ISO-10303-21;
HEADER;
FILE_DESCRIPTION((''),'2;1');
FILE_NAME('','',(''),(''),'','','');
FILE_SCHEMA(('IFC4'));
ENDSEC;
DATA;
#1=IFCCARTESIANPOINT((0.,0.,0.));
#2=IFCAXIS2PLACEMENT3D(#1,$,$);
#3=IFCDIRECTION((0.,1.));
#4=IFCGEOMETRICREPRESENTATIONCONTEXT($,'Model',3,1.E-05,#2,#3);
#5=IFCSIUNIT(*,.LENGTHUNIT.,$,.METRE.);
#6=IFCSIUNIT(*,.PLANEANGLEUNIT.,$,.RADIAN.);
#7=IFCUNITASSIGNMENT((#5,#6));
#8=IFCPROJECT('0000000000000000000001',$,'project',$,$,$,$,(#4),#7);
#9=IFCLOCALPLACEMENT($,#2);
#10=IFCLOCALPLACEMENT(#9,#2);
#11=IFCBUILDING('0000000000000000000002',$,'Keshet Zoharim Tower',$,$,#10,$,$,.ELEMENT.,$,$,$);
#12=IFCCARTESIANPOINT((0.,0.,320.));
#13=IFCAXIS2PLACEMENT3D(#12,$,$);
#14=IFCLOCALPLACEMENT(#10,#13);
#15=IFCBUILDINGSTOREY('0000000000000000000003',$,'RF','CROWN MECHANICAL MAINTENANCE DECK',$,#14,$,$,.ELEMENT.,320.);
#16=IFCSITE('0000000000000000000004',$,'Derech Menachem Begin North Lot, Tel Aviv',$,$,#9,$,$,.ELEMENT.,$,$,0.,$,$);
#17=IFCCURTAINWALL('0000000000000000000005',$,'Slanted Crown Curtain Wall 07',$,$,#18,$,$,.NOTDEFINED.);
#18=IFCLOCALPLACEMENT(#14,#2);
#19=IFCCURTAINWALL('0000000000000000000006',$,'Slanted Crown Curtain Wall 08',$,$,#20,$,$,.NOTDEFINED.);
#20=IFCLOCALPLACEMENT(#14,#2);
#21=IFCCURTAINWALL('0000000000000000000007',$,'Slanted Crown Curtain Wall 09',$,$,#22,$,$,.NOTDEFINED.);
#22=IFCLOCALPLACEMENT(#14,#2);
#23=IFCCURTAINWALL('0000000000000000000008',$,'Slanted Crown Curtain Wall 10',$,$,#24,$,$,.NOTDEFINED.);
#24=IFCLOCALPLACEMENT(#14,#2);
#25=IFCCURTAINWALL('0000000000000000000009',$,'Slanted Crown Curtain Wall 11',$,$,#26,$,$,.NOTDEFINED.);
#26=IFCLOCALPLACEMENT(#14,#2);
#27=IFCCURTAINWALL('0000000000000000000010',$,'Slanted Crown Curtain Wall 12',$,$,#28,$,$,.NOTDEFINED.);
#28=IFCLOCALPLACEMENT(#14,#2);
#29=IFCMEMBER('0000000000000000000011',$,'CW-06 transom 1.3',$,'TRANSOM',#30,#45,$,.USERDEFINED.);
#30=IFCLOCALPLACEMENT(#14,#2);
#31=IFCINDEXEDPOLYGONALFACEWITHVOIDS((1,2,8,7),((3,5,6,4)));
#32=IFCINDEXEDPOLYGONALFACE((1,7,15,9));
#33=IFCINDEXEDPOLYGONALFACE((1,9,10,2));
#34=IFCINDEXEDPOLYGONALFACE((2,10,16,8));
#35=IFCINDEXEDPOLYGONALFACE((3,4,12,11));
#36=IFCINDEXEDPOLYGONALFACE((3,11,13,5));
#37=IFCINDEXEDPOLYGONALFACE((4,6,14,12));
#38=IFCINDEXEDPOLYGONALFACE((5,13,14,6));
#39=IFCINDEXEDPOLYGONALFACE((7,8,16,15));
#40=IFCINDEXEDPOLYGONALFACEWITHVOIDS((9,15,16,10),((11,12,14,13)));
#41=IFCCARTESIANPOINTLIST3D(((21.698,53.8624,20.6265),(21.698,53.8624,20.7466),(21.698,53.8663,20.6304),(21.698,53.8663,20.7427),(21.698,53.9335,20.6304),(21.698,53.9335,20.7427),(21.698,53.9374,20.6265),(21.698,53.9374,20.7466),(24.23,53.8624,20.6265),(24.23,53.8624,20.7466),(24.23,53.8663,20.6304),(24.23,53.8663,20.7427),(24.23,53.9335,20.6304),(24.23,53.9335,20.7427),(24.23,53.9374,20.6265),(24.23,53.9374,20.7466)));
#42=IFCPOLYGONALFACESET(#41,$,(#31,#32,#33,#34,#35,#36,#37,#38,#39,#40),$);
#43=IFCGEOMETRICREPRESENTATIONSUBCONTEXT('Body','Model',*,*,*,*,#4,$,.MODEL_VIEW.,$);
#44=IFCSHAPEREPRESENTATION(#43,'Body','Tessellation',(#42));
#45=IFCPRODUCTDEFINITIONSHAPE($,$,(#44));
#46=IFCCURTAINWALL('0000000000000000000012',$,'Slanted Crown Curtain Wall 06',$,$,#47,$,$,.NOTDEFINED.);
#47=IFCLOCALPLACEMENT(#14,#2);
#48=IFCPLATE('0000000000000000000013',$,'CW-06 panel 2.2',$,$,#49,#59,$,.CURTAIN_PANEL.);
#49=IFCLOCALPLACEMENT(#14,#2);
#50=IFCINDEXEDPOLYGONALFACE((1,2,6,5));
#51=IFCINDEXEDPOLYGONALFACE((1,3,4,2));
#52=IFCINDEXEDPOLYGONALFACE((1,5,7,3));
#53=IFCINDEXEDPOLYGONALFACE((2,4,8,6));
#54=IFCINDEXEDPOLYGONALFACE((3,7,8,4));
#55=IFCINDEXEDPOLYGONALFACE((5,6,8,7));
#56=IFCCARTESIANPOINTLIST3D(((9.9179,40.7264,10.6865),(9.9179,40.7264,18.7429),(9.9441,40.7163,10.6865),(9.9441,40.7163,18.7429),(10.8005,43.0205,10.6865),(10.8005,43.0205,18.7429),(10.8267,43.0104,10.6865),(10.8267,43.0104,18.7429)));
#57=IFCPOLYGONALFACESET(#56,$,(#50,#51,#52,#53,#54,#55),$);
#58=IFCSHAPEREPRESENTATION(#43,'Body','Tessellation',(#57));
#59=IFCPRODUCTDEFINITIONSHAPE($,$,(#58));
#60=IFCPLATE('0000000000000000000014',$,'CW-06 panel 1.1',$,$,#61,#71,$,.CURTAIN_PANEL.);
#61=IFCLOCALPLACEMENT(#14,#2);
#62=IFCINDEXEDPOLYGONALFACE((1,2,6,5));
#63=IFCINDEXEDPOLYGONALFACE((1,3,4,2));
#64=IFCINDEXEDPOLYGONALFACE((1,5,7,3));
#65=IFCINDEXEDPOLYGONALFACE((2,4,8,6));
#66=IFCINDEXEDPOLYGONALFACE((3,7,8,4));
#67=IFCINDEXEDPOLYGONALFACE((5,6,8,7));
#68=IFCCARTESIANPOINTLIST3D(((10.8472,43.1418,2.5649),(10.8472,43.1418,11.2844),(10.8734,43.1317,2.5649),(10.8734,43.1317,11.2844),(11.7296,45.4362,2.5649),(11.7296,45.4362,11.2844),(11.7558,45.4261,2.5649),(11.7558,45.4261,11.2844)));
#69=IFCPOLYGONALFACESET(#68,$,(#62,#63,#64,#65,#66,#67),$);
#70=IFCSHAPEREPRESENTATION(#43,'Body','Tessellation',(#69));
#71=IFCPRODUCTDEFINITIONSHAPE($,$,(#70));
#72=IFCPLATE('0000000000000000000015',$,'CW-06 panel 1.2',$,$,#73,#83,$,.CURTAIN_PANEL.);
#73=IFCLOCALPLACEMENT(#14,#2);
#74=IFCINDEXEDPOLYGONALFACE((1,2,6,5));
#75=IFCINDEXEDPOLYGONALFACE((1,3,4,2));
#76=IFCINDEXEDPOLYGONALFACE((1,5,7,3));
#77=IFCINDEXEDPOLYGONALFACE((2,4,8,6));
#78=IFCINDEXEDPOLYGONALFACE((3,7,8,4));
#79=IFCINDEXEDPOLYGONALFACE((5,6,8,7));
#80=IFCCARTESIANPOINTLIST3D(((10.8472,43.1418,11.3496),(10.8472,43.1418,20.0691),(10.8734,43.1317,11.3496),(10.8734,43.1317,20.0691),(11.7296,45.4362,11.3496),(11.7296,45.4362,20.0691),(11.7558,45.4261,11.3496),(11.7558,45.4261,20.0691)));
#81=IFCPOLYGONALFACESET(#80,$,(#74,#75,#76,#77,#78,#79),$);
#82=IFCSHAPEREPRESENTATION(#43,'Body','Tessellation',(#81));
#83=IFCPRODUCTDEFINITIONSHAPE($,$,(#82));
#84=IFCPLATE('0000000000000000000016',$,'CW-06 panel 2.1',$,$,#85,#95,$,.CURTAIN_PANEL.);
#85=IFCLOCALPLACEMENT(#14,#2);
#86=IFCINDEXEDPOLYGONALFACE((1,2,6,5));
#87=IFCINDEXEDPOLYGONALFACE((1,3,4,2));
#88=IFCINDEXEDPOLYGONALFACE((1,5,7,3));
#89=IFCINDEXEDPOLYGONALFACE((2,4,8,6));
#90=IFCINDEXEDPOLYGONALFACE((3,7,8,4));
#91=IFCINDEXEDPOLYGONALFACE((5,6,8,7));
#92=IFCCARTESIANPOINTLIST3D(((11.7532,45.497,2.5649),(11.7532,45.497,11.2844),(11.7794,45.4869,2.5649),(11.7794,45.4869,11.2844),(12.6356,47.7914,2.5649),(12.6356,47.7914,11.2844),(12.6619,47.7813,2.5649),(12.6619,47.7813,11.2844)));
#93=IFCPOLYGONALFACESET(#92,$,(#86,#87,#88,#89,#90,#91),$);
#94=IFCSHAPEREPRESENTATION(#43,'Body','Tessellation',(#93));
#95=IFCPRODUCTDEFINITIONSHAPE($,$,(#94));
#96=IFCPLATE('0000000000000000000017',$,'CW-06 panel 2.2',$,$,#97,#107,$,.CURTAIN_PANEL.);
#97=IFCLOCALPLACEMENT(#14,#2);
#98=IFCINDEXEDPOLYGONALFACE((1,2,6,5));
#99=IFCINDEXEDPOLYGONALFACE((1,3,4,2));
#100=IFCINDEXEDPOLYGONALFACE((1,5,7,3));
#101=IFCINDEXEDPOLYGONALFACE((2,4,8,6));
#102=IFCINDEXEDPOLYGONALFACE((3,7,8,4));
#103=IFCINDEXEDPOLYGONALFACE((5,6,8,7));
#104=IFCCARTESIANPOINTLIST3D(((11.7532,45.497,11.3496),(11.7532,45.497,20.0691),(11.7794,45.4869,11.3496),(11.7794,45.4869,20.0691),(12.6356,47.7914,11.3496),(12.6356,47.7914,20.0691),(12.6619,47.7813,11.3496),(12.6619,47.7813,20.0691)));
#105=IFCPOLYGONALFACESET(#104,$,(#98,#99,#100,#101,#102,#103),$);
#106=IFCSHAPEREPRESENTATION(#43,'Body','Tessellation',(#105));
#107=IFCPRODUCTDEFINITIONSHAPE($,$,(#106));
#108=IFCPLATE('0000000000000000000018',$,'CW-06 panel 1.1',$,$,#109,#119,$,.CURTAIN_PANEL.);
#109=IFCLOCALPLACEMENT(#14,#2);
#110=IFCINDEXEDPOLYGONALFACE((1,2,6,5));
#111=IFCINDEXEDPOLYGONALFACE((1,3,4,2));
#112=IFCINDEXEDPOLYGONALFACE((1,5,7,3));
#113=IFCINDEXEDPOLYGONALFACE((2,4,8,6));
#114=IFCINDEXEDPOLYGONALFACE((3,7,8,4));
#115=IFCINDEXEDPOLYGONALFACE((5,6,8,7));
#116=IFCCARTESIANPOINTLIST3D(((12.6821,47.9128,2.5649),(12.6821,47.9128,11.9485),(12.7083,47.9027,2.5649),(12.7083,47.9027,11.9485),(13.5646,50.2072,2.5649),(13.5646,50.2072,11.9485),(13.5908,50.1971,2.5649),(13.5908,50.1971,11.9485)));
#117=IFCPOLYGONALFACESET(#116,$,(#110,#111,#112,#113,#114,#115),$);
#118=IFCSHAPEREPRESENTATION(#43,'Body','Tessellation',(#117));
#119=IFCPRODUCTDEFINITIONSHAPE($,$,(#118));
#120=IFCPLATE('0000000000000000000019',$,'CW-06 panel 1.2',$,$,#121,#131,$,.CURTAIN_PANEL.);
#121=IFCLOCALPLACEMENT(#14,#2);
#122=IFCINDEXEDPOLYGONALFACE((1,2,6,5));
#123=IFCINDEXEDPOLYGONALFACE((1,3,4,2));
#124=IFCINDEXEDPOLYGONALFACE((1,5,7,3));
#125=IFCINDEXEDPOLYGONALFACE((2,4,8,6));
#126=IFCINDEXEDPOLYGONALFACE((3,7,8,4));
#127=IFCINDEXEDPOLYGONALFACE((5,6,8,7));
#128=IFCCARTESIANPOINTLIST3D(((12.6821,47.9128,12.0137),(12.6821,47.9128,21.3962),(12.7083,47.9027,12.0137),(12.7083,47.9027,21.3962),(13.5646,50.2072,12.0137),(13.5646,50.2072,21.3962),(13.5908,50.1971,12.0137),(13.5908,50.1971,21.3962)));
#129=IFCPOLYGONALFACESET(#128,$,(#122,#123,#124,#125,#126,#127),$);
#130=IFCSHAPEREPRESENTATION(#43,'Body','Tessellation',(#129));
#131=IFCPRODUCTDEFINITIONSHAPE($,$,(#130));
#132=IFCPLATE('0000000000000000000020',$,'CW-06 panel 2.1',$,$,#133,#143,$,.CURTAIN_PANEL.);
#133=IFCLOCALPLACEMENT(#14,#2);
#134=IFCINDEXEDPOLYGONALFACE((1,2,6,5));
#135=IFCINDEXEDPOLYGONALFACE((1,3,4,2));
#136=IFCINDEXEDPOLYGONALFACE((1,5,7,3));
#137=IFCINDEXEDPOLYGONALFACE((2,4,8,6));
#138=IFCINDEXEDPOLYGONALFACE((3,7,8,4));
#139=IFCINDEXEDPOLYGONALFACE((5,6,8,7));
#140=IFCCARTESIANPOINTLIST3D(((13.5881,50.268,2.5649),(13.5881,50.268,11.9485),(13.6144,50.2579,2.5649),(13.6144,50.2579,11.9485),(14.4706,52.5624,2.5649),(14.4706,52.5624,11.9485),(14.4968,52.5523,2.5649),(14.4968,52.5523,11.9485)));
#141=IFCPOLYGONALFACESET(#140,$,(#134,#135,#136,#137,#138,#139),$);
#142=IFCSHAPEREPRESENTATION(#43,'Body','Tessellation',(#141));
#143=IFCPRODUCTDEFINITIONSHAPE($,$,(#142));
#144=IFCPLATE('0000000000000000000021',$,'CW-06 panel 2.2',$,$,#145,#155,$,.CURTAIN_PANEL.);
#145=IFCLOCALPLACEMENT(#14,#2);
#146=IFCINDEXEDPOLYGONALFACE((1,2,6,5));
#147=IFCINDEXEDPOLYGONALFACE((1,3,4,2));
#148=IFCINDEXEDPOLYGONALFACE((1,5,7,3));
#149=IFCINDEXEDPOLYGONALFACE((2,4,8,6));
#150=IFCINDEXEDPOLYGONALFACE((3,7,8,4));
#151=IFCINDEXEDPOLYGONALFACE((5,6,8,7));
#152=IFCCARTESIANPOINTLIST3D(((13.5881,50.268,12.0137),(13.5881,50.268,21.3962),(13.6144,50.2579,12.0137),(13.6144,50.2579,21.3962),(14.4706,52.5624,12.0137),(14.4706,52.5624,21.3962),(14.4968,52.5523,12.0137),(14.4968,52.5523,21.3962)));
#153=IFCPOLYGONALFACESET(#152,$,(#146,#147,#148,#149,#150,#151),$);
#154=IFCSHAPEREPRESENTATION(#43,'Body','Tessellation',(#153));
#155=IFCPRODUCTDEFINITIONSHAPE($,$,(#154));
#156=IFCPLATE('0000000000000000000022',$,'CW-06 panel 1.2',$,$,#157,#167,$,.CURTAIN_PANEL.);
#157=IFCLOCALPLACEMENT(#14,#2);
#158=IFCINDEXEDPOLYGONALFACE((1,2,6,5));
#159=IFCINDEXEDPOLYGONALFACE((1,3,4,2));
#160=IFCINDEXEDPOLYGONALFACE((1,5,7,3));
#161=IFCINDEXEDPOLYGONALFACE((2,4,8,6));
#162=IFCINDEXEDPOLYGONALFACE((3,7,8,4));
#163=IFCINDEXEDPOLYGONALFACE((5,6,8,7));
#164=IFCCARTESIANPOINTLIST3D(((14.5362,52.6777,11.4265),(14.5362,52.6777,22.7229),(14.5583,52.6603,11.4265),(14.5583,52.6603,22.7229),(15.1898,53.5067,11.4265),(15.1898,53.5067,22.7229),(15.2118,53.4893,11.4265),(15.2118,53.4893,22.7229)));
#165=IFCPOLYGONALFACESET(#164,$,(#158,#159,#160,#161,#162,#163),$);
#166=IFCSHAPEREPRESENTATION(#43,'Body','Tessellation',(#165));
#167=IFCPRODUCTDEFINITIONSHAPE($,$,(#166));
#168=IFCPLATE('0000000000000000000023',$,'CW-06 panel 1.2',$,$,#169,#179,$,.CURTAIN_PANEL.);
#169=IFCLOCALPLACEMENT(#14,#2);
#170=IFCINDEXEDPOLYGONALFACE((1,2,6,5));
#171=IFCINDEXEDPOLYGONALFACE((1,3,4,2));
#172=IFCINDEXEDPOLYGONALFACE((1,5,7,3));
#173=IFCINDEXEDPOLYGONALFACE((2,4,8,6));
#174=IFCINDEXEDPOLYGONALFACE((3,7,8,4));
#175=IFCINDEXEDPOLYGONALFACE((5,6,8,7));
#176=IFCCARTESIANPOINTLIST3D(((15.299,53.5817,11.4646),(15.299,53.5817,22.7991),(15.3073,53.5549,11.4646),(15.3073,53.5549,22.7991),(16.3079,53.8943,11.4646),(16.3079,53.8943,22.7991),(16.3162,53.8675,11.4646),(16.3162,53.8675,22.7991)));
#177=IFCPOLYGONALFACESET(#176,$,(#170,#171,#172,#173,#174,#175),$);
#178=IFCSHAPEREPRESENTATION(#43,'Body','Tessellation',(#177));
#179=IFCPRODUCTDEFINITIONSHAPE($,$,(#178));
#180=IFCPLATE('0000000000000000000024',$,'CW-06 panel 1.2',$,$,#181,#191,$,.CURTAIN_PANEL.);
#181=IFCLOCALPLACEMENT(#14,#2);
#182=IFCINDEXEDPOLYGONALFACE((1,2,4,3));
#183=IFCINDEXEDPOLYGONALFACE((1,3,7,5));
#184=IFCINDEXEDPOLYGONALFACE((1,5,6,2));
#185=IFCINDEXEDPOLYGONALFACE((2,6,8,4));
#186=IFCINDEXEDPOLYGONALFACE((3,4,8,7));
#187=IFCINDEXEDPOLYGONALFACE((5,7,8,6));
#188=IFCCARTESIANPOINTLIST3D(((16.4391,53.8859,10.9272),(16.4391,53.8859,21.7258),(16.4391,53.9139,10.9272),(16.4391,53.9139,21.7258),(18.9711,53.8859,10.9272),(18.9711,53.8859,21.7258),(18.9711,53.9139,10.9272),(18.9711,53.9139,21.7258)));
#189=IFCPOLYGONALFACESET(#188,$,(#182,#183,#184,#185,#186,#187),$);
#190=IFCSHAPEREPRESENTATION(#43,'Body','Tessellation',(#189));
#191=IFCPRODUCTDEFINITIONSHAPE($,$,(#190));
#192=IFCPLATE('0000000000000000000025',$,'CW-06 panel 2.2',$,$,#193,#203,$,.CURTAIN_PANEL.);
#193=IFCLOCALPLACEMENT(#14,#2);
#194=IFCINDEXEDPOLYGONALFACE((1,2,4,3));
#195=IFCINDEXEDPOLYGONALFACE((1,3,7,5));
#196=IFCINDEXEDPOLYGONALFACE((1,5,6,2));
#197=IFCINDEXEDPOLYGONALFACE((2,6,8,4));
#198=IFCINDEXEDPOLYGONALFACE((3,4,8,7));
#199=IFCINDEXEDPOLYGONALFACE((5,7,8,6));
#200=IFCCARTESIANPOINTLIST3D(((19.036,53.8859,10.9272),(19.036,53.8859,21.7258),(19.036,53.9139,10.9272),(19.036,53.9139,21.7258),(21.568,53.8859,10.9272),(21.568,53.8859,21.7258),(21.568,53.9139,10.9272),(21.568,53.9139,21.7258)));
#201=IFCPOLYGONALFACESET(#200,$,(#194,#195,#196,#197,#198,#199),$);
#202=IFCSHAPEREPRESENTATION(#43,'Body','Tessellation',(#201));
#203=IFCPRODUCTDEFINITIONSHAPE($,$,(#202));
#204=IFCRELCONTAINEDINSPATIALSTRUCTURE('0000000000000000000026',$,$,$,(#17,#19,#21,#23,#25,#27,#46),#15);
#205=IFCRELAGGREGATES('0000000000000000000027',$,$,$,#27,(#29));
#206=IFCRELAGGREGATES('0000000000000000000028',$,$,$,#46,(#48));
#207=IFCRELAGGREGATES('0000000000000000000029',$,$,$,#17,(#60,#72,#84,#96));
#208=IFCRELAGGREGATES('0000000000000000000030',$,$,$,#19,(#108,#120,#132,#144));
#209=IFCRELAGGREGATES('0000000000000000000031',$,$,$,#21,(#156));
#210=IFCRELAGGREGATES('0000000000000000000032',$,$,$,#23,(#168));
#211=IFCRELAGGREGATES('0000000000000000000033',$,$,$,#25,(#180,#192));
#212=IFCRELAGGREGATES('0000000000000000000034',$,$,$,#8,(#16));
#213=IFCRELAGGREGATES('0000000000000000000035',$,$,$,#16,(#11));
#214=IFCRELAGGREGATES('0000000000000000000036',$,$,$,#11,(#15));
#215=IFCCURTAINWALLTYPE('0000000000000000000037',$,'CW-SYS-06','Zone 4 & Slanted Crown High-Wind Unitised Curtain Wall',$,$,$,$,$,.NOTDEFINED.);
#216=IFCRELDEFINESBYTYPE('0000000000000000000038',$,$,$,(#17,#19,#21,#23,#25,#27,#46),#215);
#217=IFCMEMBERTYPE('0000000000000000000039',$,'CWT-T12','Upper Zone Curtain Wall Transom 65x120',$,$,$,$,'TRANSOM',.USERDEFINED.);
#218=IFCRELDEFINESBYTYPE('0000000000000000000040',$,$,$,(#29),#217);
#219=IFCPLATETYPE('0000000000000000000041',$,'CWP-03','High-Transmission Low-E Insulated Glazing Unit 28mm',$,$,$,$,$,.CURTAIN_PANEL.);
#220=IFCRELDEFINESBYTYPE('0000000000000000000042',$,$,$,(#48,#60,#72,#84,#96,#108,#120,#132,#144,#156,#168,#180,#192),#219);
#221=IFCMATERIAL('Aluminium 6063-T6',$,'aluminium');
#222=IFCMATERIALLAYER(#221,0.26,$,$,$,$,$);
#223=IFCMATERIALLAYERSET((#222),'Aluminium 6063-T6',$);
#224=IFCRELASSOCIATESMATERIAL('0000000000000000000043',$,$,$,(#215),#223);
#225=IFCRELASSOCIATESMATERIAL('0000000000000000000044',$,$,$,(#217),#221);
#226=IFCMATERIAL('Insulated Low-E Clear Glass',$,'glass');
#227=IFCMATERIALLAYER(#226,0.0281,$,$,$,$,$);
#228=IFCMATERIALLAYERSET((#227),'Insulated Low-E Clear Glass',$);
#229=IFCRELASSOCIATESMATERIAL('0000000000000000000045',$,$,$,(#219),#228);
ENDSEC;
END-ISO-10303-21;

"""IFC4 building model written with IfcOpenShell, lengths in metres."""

from ifc_helpers import new_model, si_unit, direction, frame, origin, origin_2d, place, context, subcontext, project, spatial, rectangle, hollow_rectangle, extrude, material, layer, layer_set, material_profile, profile_set, type_object, element, aggregate, save


model = new_model("IFC4")

# Units and contexts
model_context = context("Model", 3, precision=1e-05, world=origin(), true_north=direction((0.0, 1.0)))
body_context = subcontext(model_context, "Body", "Model", "MODEL_VIEW")
ifc_project = project(units=[si_unit("LENGTHUNIT", "METRE"), si_unit("PLANEANGLEUNIT", "RADIAN")], contexts=[model_context])

# Site, building, storey
site_placement = place(None, origin())
site = spatial("IfcSite", under=ifc_project, at=site_placement, Name="Derech Menachem Begin North Lot, Tel Aviv", CompositionType="ELEMENT", RefElevation=0.0)
building_placement = place(site_placement, origin())
building = spatial("IfcBuilding", under=site, at=building_placement, Name="Keshet Zoharim Tower", CompositionType="ELEMENT")
storey_placement = place(building_placement, frame((0.0, 0.0, 320.0)))
storey = spatial("IfcBuildingStorey", under=building, at=storey_placement, Name="RF", Description="CROWN MECHANICAL MAINTENANCE DECK", CompositionType="ELEMENT", Elevation=320.0)

# Curtain walls, member
ifc_material_1 = material(Name="Aluminium 6063-T6", Category="aluminium")
ifc_layer_1 = layer(ifc_material_1, 0.26)
ifc_layer_set_1 = layer_set([ifc_layer_1], Name="Aluminium 6063-T6")
curtain_wall_type = type_object("IfcCurtainWallType", Name="CW-SYS-06", Description="Zone 4 & Slanted Crown High-Wind Unitised Curtain Wall", PredefinedType="NOTDEFINED", material=ifc_layer_set_1)
curtain_wall_1_placement = place(storey_placement, origin())
curtain_wall_1 = element("IfcCurtainWall", 1, at=curtain_wall_1_placement, inside=storey, type_object=curtain_wall_type, Name="Slanted Crown Curtain Wall 07", PredefinedType="NOTDEFINED")
ifc_material_profile_1 = material_profile(ifc_material_1, hollow_rectangle(XDim=0.075, YDim=0.1201, WallThickness=0.0039, at=origin_2d()), Name="TRN-75x120")
ifc_profile_set_1 = profile_set([ifc_material_profile_1], Name="Aluminium 6063-T6")
member_type = type_object("IfcMemberType", Name="CWT-T12", Description="Upper Zone Curtain Wall Transom 65x120", ElementType="TRANSOM", PredefinedType="USERDEFINED", material=ifc_profile_set_1)
curtain_wall_2_placement = place(storey_placement, origin())
curtain_wall_2 = element("IfcCurtainWall", 2, at=curtain_wall_2_placement, inside=storey, type_object=curtain_wall_type, Name="Slanted Crown Curtain Wall 08", PredefinedType="NOTDEFINED")
curtain_wall_3_placement = place(storey_placement, origin())
curtain_wall_3 = element("IfcCurtainWall", 3, at=curtain_wall_3_placement, inside=storey, type_object=curtain_wall_type, Name="Slanted Crown Curtain Wall 09", PredefinedType="NOTDEFINED")
curtain_wall_4_placement = place(storey_placement, origin())
curtain_wall_4 = element("IfcCurtainWall", 4, at=curtain_wall_4_placement, inside=storey, type_object=curtain_wall_type, Name="Slanted Crown Curtain Wall 10", PredefinedType="NOTDEFINED")
curtain_wall_5_placement = place(storey_placement, origin())
curtain_wall_5 = element("IfcCurtainWall", 5, at=curtain_wall_5_placement, inside=storey, type_object=curtain_wall_type, Name="Slanted Crown Curtain Wall 11", PredefinedType="NOTDEFINED")
curtain_wall_6_placement = place(storey_placement, origin())
curtain_wall_6 = element("IfcCurtainWall", 6, at=curtain_wall_6_placement, inside=storey, type_object=curtain_wall_type, Name="Slanted Crown Curtain Wall 12", PredefinedType="NOTDEFINED")
member_1_placement = place(storey_placement, frame((21.698, 53.8999, 20.6865), z_axis=(1.0, 0.0, 0.0), x_axis=(0.0, 1.0, 0.0)))
member_1 = element("IfcMember", 7, at=member_1_placement, type_object=member_type, Name="CW-06 transom 1.3", ObjectType="TRANSOM", PredefinedType="USERDEFINED", context=body_context, shape_type="SweptSolid", body=[
    extrude(hollow_rectangle(XDim=0.075, YDim=0.1201, WallThickness=0.0039, at=origin_2d()), origin(), (0.0, 0.0, 1.0), 2.532),
])
aggregate(curtain_wall_6, [member_1])

# Curtain wall, plate
curtain_wall_7_placement = place(storey_placement, origin())
curtain_wall_7 = element("IfcCurtainWall", 8, at=curtain_wall_7_placement, inside=storey, type_object=curtain_wall_type, Name="Slanted Crown Curtain Wall 06", PredefinedType="NOTDEFINED")
ifc_material_2 = material(Name="Insulated Low-E Clear Glass", Category="glass")
ifc_layer_2 = layer(ifc_material_2, 0.0281)
ifc_layer_set_2 = layer_set([ifc_layer_2], Name="Insulated Low-E Clear Glass")
plate_type = type_object("IfcPlateType", Name="CWP-03", Description="High-Transmission Low-E Insulated Glazing Unit 28mm", PredefinedType="CURTAIN_PANEL", material=ifc_layer_set_2)
plate_1_placement = place(storey_placement, frame((10.3723, 41.8684, 10.6865), z_axis=(0.0, 0.0, 1.0), x_axis=(0.359045, 0.93332, 0.0)))
plate_1 = element("IfcPlate", 9, at=plate_1_placement, type_object=plate_type, Name="CW-06 panel 2.2", PredefinedType="CURTAIN_PANEL", context=body_context, shape_type="SweptSolid", body=[
    extrude(rectangle(XDim=2.458, YDim=0.0281, at=origin_2d()), origin(), (0.0, 0.0, 1.0), 8.0564),
])
aggregate(curtain_wall_7, [plate_1])

# Plates
plate_2_placement = place(storey_placement, frame((11.3015, 44.2839, 2.5649), z_axis=(0.0, 0.0, 1.0), x_axis=(0.358979, 0.933346, 0.0)))
plate_2 = element("IfcPlate", 10, at=plate_2_placement, type_object=plate_type, Name="CW-06 panel 1.1", PredefinedType="CURTAIN_PANEL", context=body_context, shape_type="SweptSolid", body=[
    extrude(rectangle(XDim=2.4583, YDim=0.0281, at=origin_2d()), origin(), (0.0, 0.0, 1.0), 8.7195),
])
plate_3_placement = place(storey_placement, frame((11.3015, 44.2839, 11.3496), z_axis=(0.0, 0.0, 1.0), x_axis=(0.358979, 0.933346, 0.0)))
plate_3 = element("IfcPlate", 11, at=plate_3_placement, type_object=plate_type, Name="CW-06 panel 1.2", PredefinedType="CURTAIN_PANEL", context=body_context, shape_type="SweptSolid", body=[
    extrude(rectangle(XDim=2.4583, YDim=0.0281, at=origin_2d()), origin(), (0.0, 0.0, 1.0), 8.7195),
])
plate_4_placement = place(storey_placement, frame((12.2075, 46.6392, 2.5649), z_axis=(0.0, 0.0, 1.0), x_axis=(0.358979, 0.933346, 0.0)))
plate_4 = element("IfcPlate", 12, at=plate_4_placement, type_object=plate_type, Name="CW-06 panel 2.1", PredefinedType="CURTAIN_PANEL", context=body_context, shape_type="SweptSolid", body=[
    extrude(rectangle(XDim=2.4583, YDim=0.0281, at=origin_2d()), origin(), (0.0, 0.0, 1.0), 8.7195),
])
plate_5_placement = place(storey_placement, frame((12.2075, 46.6392, 11.3496), z_axis=(0.0, 0.0, 1.0), x_axis=(0.358979, 0.933346, 0.0)))
plate_5 = element("IfcPlate", 13, at=plate_5_placement, type_object=plate_type, Name="CW-06 panel 2.2", PredefinedType="CURTAIN_PANEL", context=body_context, shape_type="SweptSolid", body=[
    extrude(rectangle(XDim=2.4583, YDim=0.0281, at=origin_2d()), origin(), (0.0, 0.0, 1.0), 8.7195),
])
aggregate(curtain_wall_1, [plate_2, plate_3, plate_4, plate_5])
plate_6_placement = place(storey_placement, frame((13.1365, 49.0549, 2.5649), z_axis=(0.0, 0.0, 1.0), x_axis=(0.358979, 0.933346, 0.0)))
plate_6 = element("IfcPlate", 14, at=plate_6_placement, type_object=plate_type, Name="CW-06 panel 1.1", PredefinedType="CURTAIN_PANEL", context=body_context, shape_type="SweptSolid", body=[
    extrude(rectangle(XDim=2.4583, YDim=0.0281, at=origin_2d()), origin(), (0.0, 0.0, 1.0), 9.3835),
])
plate_7_placement = place(storey_placement, frame((13.1365, 49.0549, 12.0137), z_axis=(0.0, 0.0, 1.0), x_axis=(0.358979, 0.933346, 0.0)))
plate_7 = element("IfcPlate", 15, at=plate_7_placement, type_object=plate_type, Name="CW-06 panel 1.2", PredefinedType="CURTAIN_PANEL", context=body_context, shape_type="SweptSolid", body=[
    extrude(rectangle(XDim=2.4583, YDim=0.0281, at=origin_2d()), origin(), (0.0, 0.0, 1.0), 9.3826),
])
plate_8_placement = place(storey_placement, frame((14.0425, 51.4102, 2.5649), z_axis=(0.0, 0.0, 1.0), x_axis=(0.358979, 0.933346, 0.0)))
plate_8 = element("IfcPlate", 16, at=plate_8_placement, type_object=plate_type, Name="CW-06 panel 2.1", PredefinedType="CURTAIN_PANEL", context=body_context, shape_type="SweptSolid", body=[
    extrude(rectangle(XDim=2.4583, YDim=0.0281, at=origin_2d()), origin(), (0.0, 0.0, 1.0), 9.3835),
])
plate_9_placement = place(storey_placement, frame((14.0425, 51.4102, 12.0137), z_axis=(0.0, 0.0, 1.0), x_axis=(0.358979, 0.933346, 0.0)))
plate_9 = element("IfcPlate", 17, at=plate_9_placement, type_object=plate_type, Name="CW-06 panel 2.2", PredefinedType="CURTAIN_PANEL", context=body_context, shape_type="SweptSolid", body=[
    extrude(rectangle(XDim=2.4583, YDim=0.0281, at=origin_2d()), origin(), (0.0, 0.0, 1.0), 9.3826),
])
aggregate(curtain_wall_2, [plate_6, plate_7, plate_8, plate_9])
plate_10_placement = place(storey_placement, frame((14.874, 53.0835, 11.4265), z_axis=(0.0, 0.0, 1.0), x_axis=(0.619125, 0.785293, 0.0)))
plate_10 = element("IfcPlate", 18, at=plate_10_placement, type_object=plate_type, Name="CW-06 panel 1.2", PredefinedType="CURTAIN_PANEL", context=body_context, shape_type="SweptSolid", body=[
    extrude(rectangle(XDim=1.0557, YDim=0.0281, at=origin_2d()), origin(), (0.0, 0.0, 1.0), 11.2964),
])
aggregate(curtain_wall_3, [plate_10])
plate_11_placement = place(storey_placement, frame((15.8076, 53.7246, 11.4646), z_axis=(0.0, 0.0, 1.0), x_axis=(0.955212, 0.295922, 0.0)))
plate_11 = element("IfcPlate", 19, at=plate_11_placement, type_object=plate_type, Name="CW-06 panel 1.2", PredefinedType="CURTAIN_PANEL", context=body_context, shape_type="SweptSolid", body=[
    extrude(rectangle(XDim=1.0562, YDim=0.0281, at=origin_2d()), origin(), (0.0, 0.0, 1.0), 11.3345),
])
aggregate(curtain_wall_4, [plate_11])
plate_12_placement = place(storey_placement, frame((17.7051, 53.8999, 10.9272), z_axis=(0.0, 0.0, 1.0), x_axis=(1.0, 0.0, 0.0)))
plate_12 = element("IfcPlate", 20, at=plate_12_placement, type_object=plate_type, Name="CW-06 panel 1.2", PredefinedType="CURTAIN_PANEL", context=body_context, shape_type="SweptSolid", body=[
    extrude(rectangle(XDim=2.532, YDim=0.0281, at=origin_2d()), origin(), (0.0, 0.0, 1.0), 10.7986),
])
plate_13_placement = place(storey_placement, frame((20.302, 53.8999, 10.9272), z_axis=(0.0, 0.0, 1.0), x_axis=(1.0, 0.0, 0.0)))
plate_13 = element("IfcPlate", 21, at=plate_13_placement, type_object=plate_type, Name="CW-06 panel 2.2", PredefinedType="CURTAIN_PANEL", context=body_context, shape_type="SweptSolid", body=[
    extrude(rectangle(XDim=2.532, YDim=0.0281, at=origin_2d()), origin(), (0.0, 0.0, 1.0), 10.7986),
])
aggregate(curtain_wall_5, [plate_12, plate_13])

save(model, "model.ifc")
